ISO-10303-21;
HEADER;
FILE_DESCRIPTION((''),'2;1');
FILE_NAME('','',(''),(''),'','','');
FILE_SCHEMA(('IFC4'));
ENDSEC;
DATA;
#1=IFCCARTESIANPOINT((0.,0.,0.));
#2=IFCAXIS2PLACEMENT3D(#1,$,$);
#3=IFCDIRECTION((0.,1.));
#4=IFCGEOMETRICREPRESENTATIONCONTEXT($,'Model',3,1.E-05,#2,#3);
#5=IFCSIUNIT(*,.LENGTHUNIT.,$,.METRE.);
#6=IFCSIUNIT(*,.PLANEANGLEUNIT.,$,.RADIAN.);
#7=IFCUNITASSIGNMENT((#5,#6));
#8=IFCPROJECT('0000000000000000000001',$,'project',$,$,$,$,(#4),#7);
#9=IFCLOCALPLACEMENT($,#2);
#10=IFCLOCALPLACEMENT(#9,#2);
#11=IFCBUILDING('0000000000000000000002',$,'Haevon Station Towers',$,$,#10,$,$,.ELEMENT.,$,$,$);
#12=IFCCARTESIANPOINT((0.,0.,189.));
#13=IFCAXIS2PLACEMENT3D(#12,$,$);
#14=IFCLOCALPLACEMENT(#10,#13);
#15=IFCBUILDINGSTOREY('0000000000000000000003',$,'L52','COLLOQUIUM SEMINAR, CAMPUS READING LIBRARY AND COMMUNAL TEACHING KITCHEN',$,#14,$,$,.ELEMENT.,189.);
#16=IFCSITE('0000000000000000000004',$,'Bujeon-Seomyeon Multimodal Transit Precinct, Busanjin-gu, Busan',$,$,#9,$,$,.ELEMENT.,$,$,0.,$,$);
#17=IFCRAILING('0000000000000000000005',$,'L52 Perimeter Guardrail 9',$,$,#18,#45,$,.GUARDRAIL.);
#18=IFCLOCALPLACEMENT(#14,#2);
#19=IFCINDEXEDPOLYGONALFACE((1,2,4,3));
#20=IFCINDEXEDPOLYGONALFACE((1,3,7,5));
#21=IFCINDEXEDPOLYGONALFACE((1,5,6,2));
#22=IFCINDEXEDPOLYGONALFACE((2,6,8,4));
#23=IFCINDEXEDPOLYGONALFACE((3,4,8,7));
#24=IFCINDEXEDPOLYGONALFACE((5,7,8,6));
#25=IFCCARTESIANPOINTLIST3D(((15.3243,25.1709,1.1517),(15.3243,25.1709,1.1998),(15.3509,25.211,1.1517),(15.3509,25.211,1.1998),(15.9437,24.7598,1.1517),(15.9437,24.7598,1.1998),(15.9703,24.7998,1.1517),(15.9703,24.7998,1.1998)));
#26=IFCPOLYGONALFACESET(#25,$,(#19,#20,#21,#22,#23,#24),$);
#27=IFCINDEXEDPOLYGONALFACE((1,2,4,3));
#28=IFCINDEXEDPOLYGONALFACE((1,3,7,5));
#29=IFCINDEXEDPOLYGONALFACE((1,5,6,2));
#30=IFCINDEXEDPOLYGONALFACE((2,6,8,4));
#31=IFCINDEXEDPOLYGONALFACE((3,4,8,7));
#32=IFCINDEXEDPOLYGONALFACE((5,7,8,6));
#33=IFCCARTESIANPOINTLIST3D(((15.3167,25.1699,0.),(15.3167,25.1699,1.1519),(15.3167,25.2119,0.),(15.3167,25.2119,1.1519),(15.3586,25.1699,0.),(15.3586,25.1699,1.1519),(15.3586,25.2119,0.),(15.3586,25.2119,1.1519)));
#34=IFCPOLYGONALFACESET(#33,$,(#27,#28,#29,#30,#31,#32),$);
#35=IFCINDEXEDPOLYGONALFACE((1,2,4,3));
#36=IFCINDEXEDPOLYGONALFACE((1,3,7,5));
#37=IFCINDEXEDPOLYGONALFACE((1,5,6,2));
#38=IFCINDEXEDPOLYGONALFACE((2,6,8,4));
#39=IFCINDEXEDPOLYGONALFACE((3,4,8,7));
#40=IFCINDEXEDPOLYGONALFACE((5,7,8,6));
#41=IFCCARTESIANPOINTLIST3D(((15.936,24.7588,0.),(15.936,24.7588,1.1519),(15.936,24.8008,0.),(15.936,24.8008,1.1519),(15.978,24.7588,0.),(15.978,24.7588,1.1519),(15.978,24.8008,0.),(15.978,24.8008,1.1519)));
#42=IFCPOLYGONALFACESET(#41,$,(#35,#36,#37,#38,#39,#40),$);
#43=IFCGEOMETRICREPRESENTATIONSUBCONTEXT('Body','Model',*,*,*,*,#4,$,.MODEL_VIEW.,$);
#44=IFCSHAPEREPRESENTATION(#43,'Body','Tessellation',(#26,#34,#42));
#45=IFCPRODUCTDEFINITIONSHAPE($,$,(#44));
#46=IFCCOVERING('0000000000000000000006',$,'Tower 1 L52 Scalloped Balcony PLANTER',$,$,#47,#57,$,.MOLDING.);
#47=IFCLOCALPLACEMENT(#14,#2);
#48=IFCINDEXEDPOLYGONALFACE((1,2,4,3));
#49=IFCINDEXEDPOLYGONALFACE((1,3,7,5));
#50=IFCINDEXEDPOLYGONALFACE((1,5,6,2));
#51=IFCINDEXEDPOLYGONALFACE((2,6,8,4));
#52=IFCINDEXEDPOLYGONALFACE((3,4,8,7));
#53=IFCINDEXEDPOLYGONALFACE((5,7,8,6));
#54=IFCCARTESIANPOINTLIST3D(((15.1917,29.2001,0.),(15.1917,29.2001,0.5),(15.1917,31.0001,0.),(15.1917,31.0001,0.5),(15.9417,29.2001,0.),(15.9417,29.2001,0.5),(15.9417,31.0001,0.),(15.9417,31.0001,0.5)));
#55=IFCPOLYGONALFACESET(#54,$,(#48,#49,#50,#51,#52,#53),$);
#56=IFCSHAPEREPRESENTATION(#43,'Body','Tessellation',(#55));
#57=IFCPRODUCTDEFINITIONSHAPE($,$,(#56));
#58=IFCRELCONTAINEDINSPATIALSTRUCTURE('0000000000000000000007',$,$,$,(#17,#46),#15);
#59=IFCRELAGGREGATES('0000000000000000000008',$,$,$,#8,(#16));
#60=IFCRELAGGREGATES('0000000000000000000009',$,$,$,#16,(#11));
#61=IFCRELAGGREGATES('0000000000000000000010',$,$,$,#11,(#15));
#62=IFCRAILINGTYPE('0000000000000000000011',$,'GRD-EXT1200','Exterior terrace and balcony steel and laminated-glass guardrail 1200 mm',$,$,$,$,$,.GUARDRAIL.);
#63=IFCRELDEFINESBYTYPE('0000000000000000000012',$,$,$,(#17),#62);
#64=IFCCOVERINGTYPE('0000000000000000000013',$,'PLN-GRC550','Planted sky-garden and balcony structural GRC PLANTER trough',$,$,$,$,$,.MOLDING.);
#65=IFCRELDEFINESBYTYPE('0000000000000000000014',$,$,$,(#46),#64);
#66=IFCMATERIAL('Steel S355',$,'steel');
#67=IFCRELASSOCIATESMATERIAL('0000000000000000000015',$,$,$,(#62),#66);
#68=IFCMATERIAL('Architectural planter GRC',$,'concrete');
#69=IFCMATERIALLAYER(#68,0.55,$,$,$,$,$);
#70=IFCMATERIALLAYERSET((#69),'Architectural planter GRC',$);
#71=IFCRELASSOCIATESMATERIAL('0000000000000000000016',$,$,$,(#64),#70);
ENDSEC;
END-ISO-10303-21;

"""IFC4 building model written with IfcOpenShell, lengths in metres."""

from ifc_helpers import new_model, si_unit, direction, frame, origin, origin_2d, place, context, subcontext, project, spatial, rectangle, extrude, material, layer, layer_set, type_object, element, save


model = new_model("IFC4")

# Units and contexts
model_context = context("Model", 3, precision=1e-05, world=origin(), true_north=direction((0.0, 1.0)))
body_context = subcontext(model_context, "Body", "Model", "MODEL_VIEW")
ifc_project = project(units=[si_unit("LENGTHUNIT", "METRE"), si_unit("PLANEANGLEUNIT", "RADIAN")], contexts=[model_context])

# Site, building, storey
site_placement = place(None, origin())
site = spatial("IfcSite", under=ifc_project, at=site_placement, Name="Bujeon-Seomyeon Multimodal Transit Precinct, Busanjin-gu, Busan", CompositionType="ELEMENT", RefElevation=0.0)
building_placement = place(site_placement, origin())
building = spatial("IfcBuilding", under=site, at=building_placement, Name="Haevon Station Towers", CompositionType="ELEMENT")
storey_placement = place(building_placement, frame((0.0, 0.0, 189.0)))
storey = spatial("IfcBuildingStorey", under=building, at=storey_placement, Name="L52", Description="COLLOQUIUM SEMINAR, CAMPUS READING LIBRARY AND COMMUNAL TEACHING KITCHEN", CompositionType="ELEMENT", Elevation=189.0)

# Shared definitions
ifc_material_1 = material(Name="Steel S355", Category="steel")

# Railing
railing_type = type_object("IfcRailingType", Name="GRD-EXT1200", Description="Exterior terrace and balcony steel and laminated-glass guardrail 1200 mm", PredefinedType="GUARDRAIL", material=ifc_material_1)
railing_1_placement = place(storey_placement, frame((15.3376, 25.1909, 0.0)))
element("IfcRailing", 1, at=railing_1_placement, inside=storey, type_object=railing_type, Name="L52 Perimeter Guardrail 9", PredefinedType="GUARDRAIL", context=body_context, shape_type="SweptSolid", body=[
    extrude(rectangle(XDim=0.0481, YDim=0.0481, at=origin_2d()), frame((0.0, 0.0, 1.1758), z_axis=(0.83316, -0.553032, 0.0), x_axis=(0.553032, 0.83316, 0.0)), (0.0, 0.0, 1.0), 0.7434),
    extrude(rectangle(XDim=0.042, YDim=0.042, at=origin_2d()), origin(), (0.0, 0.0, 1.0), 1.1519),
    extrude(rectangle(XDim=0.042, YDim=0.042, at=origin_2d()), frame((0.6194, -0.4111, 0.0)), (0.0, 0.0, 1.0), 1.1519),
])

# Covering
ifc_material_2 = material(Name="Architectural planter GRC", Category="concrete")
ifc_layer_1 = layer(ifc_material_2, 0.55)
ifc_layer_set_1 = layer_set([ifc_layer_1], Name="Architectural planter GRC")
covering_type = type_object("IfcCoveringType", Name="PLN-GRC550", Description="Planted sky-garden and balcony structural GRC PLANTER trough", PredefinedType="MOLDING", material=ifc_layer_set_1)
covering_placement = place(storey_placement, frame((15.5667, 30.1001, 0.0), z_axis=(0.0, 0.0, 1.0), x_axis=(1.0, 0.0, 0.0)))
element("IfcCovering", 2, at=covering_placement, inside=storey, type_object=covering_type, Name="Tower 1 L52 Scalloped Balcony PLANTER", PredefinedType="MOLDING", context=body_context, shape_type="SweptSolid", body=[
    extrude(rectangle(XDim=0.75, YDim=1.8, at=origin_2d()), origin(), (0.0, 0.0, 1.0), 0.5),
])

save(model, "model.ifc")
